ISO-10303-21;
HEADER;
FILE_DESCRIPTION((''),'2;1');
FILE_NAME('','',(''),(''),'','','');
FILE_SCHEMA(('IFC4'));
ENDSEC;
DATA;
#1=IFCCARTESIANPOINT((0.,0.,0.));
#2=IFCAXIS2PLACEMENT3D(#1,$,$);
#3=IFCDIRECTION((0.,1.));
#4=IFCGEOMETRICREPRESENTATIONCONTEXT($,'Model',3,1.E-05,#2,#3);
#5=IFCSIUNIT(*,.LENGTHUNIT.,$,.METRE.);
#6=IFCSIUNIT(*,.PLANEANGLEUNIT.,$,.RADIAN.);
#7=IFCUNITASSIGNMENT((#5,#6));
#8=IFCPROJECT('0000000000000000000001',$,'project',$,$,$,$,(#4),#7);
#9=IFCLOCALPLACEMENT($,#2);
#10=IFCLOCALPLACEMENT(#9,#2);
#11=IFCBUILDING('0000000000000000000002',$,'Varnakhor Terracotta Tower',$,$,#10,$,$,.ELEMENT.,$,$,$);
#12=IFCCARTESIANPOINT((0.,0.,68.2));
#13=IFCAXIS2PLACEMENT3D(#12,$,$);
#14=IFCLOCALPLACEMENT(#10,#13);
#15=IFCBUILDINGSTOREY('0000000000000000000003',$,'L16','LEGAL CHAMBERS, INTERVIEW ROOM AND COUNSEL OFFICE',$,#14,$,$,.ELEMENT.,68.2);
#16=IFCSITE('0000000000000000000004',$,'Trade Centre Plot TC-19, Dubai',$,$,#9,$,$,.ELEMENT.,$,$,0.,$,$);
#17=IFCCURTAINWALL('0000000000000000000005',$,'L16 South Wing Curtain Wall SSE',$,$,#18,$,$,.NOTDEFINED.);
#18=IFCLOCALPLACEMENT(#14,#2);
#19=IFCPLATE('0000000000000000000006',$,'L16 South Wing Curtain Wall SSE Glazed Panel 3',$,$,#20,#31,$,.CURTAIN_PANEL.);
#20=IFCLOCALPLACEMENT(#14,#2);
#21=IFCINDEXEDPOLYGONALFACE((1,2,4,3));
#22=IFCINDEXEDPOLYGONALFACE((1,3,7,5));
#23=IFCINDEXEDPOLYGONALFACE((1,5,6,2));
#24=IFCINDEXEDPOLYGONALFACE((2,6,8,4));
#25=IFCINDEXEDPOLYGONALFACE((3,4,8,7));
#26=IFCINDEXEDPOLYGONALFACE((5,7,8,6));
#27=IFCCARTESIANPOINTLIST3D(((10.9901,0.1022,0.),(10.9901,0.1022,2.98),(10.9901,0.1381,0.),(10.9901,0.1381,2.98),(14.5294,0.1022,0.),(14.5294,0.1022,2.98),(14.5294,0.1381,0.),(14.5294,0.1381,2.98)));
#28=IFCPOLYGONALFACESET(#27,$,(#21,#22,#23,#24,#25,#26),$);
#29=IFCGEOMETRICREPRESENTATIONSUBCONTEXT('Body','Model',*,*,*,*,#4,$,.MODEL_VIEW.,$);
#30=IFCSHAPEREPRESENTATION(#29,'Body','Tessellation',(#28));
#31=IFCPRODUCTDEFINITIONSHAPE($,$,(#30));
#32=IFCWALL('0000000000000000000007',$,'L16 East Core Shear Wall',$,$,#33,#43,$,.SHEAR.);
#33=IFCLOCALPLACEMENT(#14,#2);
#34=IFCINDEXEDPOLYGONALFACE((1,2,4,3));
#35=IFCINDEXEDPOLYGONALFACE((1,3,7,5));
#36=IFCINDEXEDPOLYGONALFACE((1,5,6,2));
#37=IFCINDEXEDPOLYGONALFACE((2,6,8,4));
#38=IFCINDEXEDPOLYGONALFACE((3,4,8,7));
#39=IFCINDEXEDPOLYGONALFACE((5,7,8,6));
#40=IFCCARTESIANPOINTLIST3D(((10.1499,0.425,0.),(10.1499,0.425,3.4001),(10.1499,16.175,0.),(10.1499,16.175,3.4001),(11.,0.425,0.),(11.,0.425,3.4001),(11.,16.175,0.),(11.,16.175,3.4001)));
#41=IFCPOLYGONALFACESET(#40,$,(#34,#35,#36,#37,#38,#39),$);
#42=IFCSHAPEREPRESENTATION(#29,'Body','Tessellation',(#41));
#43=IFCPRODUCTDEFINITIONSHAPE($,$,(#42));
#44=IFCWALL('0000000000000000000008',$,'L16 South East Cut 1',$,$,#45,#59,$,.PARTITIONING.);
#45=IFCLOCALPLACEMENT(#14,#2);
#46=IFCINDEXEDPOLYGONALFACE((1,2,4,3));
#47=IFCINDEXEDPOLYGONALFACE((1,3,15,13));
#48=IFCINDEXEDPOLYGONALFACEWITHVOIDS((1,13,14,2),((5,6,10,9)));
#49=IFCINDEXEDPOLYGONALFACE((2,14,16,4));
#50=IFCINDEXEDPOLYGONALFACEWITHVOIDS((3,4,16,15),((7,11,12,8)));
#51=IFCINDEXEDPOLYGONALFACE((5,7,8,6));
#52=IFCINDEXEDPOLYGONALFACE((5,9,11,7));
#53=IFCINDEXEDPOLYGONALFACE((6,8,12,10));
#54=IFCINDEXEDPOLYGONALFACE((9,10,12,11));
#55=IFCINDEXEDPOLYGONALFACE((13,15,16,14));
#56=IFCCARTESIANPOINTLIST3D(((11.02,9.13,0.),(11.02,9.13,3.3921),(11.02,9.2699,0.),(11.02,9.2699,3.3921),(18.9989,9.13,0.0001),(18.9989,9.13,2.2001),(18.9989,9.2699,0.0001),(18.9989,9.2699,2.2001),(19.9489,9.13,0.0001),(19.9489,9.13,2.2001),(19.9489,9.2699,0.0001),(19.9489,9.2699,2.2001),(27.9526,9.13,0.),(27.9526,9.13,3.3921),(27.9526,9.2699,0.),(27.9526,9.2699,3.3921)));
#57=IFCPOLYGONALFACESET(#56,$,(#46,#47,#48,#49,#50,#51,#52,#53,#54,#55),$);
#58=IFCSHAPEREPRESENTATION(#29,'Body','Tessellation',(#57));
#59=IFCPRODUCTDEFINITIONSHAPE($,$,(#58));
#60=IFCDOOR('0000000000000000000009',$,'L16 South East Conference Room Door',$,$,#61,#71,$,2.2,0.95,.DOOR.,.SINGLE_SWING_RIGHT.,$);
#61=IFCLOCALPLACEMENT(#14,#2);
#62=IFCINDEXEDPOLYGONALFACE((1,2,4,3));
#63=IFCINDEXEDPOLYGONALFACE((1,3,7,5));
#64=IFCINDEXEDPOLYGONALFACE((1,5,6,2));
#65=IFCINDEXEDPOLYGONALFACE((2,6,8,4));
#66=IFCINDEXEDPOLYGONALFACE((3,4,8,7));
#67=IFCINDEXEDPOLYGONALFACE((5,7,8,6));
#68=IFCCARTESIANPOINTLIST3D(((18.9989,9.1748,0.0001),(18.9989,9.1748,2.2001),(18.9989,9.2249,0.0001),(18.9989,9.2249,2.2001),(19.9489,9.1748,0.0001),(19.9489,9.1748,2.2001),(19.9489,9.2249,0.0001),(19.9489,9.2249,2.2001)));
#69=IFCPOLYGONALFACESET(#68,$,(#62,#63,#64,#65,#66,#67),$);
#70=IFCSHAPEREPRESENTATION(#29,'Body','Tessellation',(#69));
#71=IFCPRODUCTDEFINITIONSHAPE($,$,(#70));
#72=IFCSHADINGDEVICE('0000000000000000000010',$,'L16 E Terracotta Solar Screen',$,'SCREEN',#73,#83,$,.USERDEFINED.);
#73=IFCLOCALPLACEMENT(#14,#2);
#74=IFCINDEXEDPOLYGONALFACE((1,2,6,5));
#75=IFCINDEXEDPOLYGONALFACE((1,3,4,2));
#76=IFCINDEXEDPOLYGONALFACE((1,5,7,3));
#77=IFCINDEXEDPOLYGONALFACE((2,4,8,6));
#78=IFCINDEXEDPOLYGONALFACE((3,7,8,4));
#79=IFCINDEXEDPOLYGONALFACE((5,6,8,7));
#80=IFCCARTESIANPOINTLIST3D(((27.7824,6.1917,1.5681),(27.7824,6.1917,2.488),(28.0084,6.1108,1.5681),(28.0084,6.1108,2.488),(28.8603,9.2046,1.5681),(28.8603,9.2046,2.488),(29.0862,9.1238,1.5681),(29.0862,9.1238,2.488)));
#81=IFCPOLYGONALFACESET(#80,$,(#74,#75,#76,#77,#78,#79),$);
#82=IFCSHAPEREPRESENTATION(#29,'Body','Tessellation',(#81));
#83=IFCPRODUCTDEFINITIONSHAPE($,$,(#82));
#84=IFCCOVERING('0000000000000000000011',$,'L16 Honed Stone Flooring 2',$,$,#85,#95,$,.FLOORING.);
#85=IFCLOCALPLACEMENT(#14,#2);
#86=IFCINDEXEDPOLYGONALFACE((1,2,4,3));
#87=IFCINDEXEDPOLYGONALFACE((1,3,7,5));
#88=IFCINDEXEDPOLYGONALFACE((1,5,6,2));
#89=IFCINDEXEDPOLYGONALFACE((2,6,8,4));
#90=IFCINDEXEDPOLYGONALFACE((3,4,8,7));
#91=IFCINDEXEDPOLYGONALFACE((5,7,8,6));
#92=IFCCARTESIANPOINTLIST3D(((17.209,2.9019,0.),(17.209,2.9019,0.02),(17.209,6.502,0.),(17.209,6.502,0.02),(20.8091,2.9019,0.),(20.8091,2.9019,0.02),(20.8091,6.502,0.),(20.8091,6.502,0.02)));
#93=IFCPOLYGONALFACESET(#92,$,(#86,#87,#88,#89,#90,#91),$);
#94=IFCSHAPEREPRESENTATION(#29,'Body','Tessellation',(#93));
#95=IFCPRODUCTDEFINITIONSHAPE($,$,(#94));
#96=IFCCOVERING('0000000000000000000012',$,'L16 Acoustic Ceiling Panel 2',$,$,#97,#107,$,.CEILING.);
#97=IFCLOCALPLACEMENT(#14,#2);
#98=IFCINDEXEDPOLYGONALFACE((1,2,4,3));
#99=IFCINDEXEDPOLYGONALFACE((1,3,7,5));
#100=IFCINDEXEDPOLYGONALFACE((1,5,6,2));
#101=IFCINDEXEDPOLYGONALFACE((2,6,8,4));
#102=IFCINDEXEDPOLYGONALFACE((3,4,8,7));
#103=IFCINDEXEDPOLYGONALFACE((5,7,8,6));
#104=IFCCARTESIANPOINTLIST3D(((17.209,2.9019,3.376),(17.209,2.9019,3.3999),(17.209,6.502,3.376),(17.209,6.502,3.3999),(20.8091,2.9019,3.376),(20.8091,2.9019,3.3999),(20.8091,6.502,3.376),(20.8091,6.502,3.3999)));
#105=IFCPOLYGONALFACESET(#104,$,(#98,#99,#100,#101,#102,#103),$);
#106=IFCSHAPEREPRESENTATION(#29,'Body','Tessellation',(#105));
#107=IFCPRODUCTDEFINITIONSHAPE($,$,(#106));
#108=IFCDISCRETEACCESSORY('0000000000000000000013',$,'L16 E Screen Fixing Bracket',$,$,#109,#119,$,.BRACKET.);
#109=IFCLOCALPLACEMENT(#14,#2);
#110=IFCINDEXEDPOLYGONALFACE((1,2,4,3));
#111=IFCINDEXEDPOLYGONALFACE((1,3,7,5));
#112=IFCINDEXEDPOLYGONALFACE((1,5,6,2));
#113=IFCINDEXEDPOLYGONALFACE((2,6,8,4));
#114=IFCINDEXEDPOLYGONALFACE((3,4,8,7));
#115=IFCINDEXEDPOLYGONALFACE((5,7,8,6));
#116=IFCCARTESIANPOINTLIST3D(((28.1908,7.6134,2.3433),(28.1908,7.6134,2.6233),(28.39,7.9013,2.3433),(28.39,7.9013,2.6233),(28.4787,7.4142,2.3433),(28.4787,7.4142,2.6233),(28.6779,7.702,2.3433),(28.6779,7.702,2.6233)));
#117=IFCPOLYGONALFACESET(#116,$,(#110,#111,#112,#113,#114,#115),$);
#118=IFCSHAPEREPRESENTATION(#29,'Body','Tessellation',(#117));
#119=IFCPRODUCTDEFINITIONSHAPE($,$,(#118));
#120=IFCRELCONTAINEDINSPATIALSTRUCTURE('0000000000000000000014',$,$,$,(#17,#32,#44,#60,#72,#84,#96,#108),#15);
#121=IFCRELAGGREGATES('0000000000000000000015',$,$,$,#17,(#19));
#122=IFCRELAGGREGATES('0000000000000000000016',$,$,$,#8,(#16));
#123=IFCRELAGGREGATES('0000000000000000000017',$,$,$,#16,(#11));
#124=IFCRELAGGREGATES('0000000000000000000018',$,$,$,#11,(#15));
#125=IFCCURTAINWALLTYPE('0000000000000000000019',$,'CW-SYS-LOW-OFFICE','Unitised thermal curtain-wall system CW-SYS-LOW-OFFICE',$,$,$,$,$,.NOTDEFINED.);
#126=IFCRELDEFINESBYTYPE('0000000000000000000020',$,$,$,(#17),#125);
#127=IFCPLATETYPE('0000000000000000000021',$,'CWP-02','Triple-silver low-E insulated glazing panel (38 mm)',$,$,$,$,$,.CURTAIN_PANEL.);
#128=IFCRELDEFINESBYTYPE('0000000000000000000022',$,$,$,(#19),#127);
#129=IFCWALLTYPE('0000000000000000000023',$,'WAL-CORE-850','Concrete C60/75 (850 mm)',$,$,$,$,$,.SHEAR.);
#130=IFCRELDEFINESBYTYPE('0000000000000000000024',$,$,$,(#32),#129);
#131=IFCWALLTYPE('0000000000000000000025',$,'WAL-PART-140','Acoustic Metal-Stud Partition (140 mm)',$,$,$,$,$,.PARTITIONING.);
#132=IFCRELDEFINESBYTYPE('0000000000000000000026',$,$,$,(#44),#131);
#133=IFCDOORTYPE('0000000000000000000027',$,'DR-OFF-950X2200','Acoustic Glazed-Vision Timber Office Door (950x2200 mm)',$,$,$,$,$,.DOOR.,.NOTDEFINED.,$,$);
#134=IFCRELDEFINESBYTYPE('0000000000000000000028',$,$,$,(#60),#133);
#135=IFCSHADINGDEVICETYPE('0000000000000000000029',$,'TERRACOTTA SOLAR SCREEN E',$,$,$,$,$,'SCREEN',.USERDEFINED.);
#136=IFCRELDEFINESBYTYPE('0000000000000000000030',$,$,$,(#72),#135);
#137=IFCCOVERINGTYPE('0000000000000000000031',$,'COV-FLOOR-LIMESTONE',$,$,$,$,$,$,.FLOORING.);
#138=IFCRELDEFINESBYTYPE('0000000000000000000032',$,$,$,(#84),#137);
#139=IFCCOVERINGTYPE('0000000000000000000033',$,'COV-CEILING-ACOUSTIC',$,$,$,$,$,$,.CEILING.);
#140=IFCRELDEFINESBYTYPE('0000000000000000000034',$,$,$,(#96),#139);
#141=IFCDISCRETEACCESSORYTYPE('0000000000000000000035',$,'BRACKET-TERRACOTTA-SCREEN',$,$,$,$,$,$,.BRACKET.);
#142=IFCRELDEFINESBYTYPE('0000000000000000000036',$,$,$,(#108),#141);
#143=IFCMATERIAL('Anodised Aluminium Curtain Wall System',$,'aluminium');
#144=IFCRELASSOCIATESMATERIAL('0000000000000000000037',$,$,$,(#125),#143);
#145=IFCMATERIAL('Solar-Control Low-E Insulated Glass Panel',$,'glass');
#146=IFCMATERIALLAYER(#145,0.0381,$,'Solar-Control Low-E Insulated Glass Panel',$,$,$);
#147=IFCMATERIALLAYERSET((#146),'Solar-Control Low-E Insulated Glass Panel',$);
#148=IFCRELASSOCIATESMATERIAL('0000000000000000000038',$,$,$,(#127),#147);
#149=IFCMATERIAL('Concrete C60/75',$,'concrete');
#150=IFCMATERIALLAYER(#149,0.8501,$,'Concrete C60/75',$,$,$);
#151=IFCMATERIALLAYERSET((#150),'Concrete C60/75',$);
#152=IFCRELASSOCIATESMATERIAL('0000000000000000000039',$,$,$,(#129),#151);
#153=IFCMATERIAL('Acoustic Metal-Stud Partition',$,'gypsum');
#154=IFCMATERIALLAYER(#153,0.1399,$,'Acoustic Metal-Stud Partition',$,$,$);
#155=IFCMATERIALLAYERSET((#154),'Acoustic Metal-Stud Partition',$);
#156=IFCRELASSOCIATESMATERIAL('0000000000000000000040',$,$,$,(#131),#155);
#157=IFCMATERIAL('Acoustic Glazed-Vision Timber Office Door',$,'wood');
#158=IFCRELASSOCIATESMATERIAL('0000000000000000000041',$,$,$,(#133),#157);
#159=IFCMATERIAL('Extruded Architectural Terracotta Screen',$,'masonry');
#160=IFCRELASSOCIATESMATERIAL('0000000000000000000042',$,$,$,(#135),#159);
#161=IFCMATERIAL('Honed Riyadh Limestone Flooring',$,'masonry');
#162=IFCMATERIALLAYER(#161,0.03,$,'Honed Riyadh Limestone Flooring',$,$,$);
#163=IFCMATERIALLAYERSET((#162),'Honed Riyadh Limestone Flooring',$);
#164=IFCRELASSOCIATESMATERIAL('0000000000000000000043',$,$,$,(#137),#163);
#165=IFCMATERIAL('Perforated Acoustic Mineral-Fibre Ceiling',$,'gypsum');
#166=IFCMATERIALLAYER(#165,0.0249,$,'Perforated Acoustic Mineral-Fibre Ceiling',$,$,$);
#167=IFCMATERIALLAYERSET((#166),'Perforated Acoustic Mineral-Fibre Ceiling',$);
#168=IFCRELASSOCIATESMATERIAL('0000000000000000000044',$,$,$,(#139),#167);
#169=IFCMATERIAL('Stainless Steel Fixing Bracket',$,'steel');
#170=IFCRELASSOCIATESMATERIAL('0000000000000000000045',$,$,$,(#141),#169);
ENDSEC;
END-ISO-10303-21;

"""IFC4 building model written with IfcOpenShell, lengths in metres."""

from ifc_helpers import new_model, si_unit, direction, frame, frame_2d, origin, origin_2d, place, context, subcontext, project, spatial, rectangle, extrude, source, transform, mapped, material, layer, layer_set, type_object, type_shapes, element, fill, aggregate, save


model = new_model("IFC4")

# Units and contexts
model_context = context("Model", 3, precision=1e-05, world=origin(), true_north=direction((0.0, 1.0)))
body_context = subcontext(model_context, "Body", "Model", "MODEL_VIEW")
ifc_project = project(units=[si_unit("LENGTHUNIT", "METRE"), si_unit("PLANEANGLEUNIT", "RADIAN")], contexts=[model_context])

# Site, building, storey
site_placement = place(None, origin())
site = spatial("IfcSite", under=ifc_project, at=site_placement, Name="Trade Centre Plot TC-19, Dubai", CompositionType="ELEMENT", RefElevation=0.0)
building_placement = place(site_placement, origin())
building = spatial("IfcBuilding", under=site, at=building_placement, Name="Varnakhor Terracotta Tower", CompositionType="ELEMENT")
storey_placement = place(building_placement, frame((0.0, 0.0, 68.2)))
storey = spatial("IfcBuildingStorey", under=building, at=storey_placement, Name="L16", Description="LEGAL CHAMBERS, INTERVIEW ROOM AND COUNSEL OFFICE", CompositionType="ELEMENT", Elevation=68.2)

# Curtain wall
ifc_material_1 = material(Name="Anodised Aluminium Curtain Wall System", Category="aluminium")
curtain_wall_type = type_object("IfcCurtainWallType", Name="CW-SYS-LOW-OFFICE", Description="Unitised thermal curtain-wall system CW-SYS-LOW-OFFICE", PredefinedType="NOTDEFINED", material=ifc_material_1)
curtain_wall_1_placement = place(storey_placement, origin())
curtain_wall_1 = element("IfcCurtainWall", 1, at=curtain_wall_1_placement, inside=storey, type_object=curtain_wall_type, Name="L16 South Wing Curtain Wall SSE", PredefinedType="NOTDEFINED")

# Plate
ifc_material_2 = material(Name="Solar-Control Low-E Insulated Glass Panel", Category="glass")
ifc_layer_1 = layer(ifc_material_2, 0.0381, Name="Solar-Control Low-E Insulated Glass Panel")
ifc_layer_set_1 = layer_set([ifc_layer_1], Name="Solar-Control Low-E Insulated Glass Panel")
plate_type_1 = type_object("IfcPlateType", Name="CWP-02", Description="Triple-silver low-E insulated glazing panel (38 mm)", PredefinedType="CURTAIN_PANEL", material=ifc_layer_set_1)
shared_shape_1 = source(origin(), body_context, "Body", "SweptSolid", [
    extrude(rectangle(XDim=3.5393, YDim=0.0359, at=origin_2d()), origin(), (0.0, 0.0, 1.0), 2.98),
])
plate_1_placement = place(storey_placement, frame((12.7598, 0.1201, 0.0), z_axis=(0.0, 0.0, 1.0), x_axis=(-1.0, 0.0, 0.0)))
plate_1 = element("IfcPlate", 2, at=plate_1_placement, type_object=plate_type_1, Name="L16 South Wing Curtain Wall SSE Glazed Panel 3", PredefinedType="CURTAIN_PANEL", context=body_context, shape_type="MappedRepresentation", body=[
    mapped(shared_shape_1, transform((0.0, 0.0, 0.0), scale=1.0)),
])
aggregate(curtain_wall_1, [plate_1])

# Wall
ifc_material_3 = material(Name="Concrete C60/75", Category="concrete")
ifc_layer_2 = layer(ifc_material_3, 0.8501, Name="Concrete C60/75")
ifc_layer_set_2 = layer_set([ifc_layer_2], Name="Concrete C60/75")
wall_type_1 = type_object("IfcWallType", Name="WAL-CORE-850", Description="Concrete C60/75 (850 mm)", PredefinedType="SHEAR", material=ifc_layer_set_2)
wall_1_placement = place(storey_placement, frame((10.575, 0.425, 0.0), z_axis=(0.0, 0.0, 1.0), x_axis=(0.0, 1.0, 0.0)))
element("IfcWall", 3, at=wall_1_placement, inside=storey, type_object=wall_type_1, Name="L16 East Core Shear Wall", PredefinedType="SHEAR", context=body_context, shape_type="SweptSolid", body=[
    extrude(rectangle(XDim=15.75, YDim=0.8501, at=frame_2d((7.875, 0.0))), origin(), (0.0, 0.0, 1.0), 3.4001),
])

# Wall, opening, door
ifc_material_4 = material(Name="Acoustic Metal-Stud Partition", Category="gypsum")
ifc_layer_3 = layer(ifc_material_4, 0.1399, Name="Acoustic Metal-Stud Partition")
ifc_layer_set_3 = layer_set([ifc_layer_3], Name="Acoustic Metal-Stud Partition")
wall_type_2 = type_object("IfcWallType", Name="WAL-PART-140", Description="Acoustic Metal-Stud Partition (140 mm)", PredefinedType="PARTITIONING", material=ifc_layer_set_3)
wall_2_placement = place(storey_placement, frame((11.02, 9.2, 0.0), z_axis=(0.0, 0.0, 1.0), x_axis=(1.0, 0.0, 0.0)))
wall_2 = element("IfcWall", 4, at=wall_2_placement, inside=storey, type_object=wall_type_2, Name="L16 South East Cut 1", PredefinedType="PARTITIONING", context=body_context, shape_type="SweptSolid", body=[
    extrude(rectangle(XDim=16.9326, YDim=0.1399, at=frame_2d((8.4663, 0.0))), origin(), (0.0, 0.0, 1.0), 3.3921),
])
opening_placement = place(wall_2_placement, frame((7.9788, 0.0, 0.0)))
opening = element("IfcOpeningElement", 5, at=opening_placement, cuts=wall_2, PredefinedType="OPENING", context=body_context, shape_type="SweptSolid", body=[
    extrude(rectangle(XDim=0.95, YDim=2.2, at=frame_2d((0.4751, 1.1001))), frame((0.0, 0.0801, 0.0), z_axis=(0.0, -1.0, 0.0), x_axis=(1.0, 0.0, 0.0)), (0.0, 0.0, 1.0), 0.1599),
])
ifc_material_5 = material(Name="Acoustic Glazed-Vision Timber Office Door", Category="wood")
door_type = type_object("IfcDoorType", Name="DR-OFF-950X2200", Description="Acoustic Glazed-Vision Timber Office Door (950x2200 mm)", OperationType="NOTDEFINED", PredefinedType="DOOR", material=ifc_material_5)
shared_shape_2 = source(origin(), body_context, "Body", "SweptSolid", [
    extrude(rectangle(XDim=0.95, YDim=2.2, at=frame_2d((0.4751, 1.1001))), frame((0.0, 0.0249, 0.0), z_axis=(0.0, -1.0, 0.0), x_axis=(1.0, 0.0, 0.0)), (0.0, 0.0, 1.0), 0.05),
])
type_shapes(door_type, [shared_shape_2])
door_placement = place(opening_placement, origin())
door = element("IfcDoor", 6, at=door_placement, inside=storey, type_object=door_type, Name="L16 South East Conference Room Door", OperationType="SINGLE_SWING_RIGHT", OverallHeight=2.2, OverallWidth=0.95, PredefinedType="DOOR", context=body_context, shape_type="MappedRepresentation", body=[
    mapped(shared_shape_2, transform((0.0, 0.0, 0.0), scale=1.0)),
])
fill(opening, door)

# Shading device
ifc_material_6 = material(Name="Extruded Architectural Terracotta Screen", Category="masonry")
shading_device_type = type_object("IfcShadingDeviceType", Name="TERRACOTTA SOLAR SCREEN E", ElementType="SCREEN", PredefinedType="USERDEFINED", material=ifc_material_6)
shared_shape_3 = source(origin(), body_context, "Body", "SweptSolid", [
    extrude(rectangle(XDim=3.2, YDim=0.24, at=origin_2d()), origin(), (0.0, 0.0, 1.0), 0.9199),
])
type_shapes(shading_device_type, [shared_shape_3])
shading_device_placement = place(storey_placement, frame((28.4343, 7.6577, 1.5681), z_axis=(0.0, 0.0, 1.0), x_axis=(0.336832, 0.941565, 0.0)))
element("IfcShadingDevice", 7, at=shading_device_placement, inside=storey, type_object=shading_device_type, Name="L16 E Terracotta Solar Screen", ObjectType="SCREEN", PredefinedType="USERDEFINED", context=body_context, shape_type="MappedRepresentation", body=[
    mapped(shared_shape_3, transform((0.0, 0.0, 0.0), scale=1.0)),
])

# Coverings
ifc_material_7 = material(Name="Honed Riyadh Limestone Flooring", Category="masonry")
ifc_layer_4 = layer(ifc_material_7, 0.03, Name="Honed Riyadh Limestone Flooring")
ifc_layer_set_4 = layer_set([ifc_layer_4], Name="Honed Riyadh Limestone Flooring")
covering_type_1 = type_object("IfcCoveringType", Name="COV-FLOOR-LIMESTONE", PredefinedType="FLOORING", material=ifc_layer_set_4)
shared_shape_4 = source(origin(), body_context, "Body", "SweptSolid", [
    extrude(rectangle(XDim=3.6001, YDim=3.6001, at=origin_2d()), origin(), (0.0, 0.0, 1.0), 0.02),
])
covering_1_placement = place(storey_placement, frame((19.009, 4.7019, 0.0), z_axis=(0.0, 0.0, 1.0), x_axis=(1.0, 0.0, 0.0)))
element("IfcCovering", 8, at=covering_1_placement, inside=storey, type_object=covering_type_1, Name="L16 Honed Stone Flooring 2", PredefinedType="FLOORING", context=body_context, shape_type="MappedRepresentation", body=[
    mapped(shared_shape_4, transform((0.0, 0.0, 0.0), scale=1.0)),
])
ifc_material_8 = material(Name="Perforated Acoustic Mineral-Fibre Ceiling", Category="gypsum")
ifc_layer_5 = layer(ifc_material_8, 0.0249, Name="Perforated Acoustic Mineral-Fibre Ceiling")
ifc_layer_set_5 = layer_set([ifc_layer_5], Name="Perforated Acoustic Mineral-Fibre Ceiling")
covering_type_2 = type_object("IfcCoveringType", Name="COV-CEILING-ACOUSTIC", PredefinedType="CEILING", material=ifc_layer_set_5)
shared_shape_5 = source(origin(), body_context, "Body", "SweptSolid", [
    extrude(rectangle(XDim=3.6001, YDim=3.6001, at=origin_2d()), origin(), (0.0, 0.0, 1.0), 0.0239),
])
covering_2_placement = place(storey_placement, frame((19.009, 4.7019, 3.376), z_axis=(0.0, 0.0, 1.0), x_axis=(1.0, 0.0, 0.0)))
element("IfcCovering", 9, at=covering_2_placement, inside=storey, type_object=covering_type_2, Name="L16 Acoustic Ceiling Panel 2", PredefinedType="CEILING", context=body_context, shape_type="MappedRepresentation", body=[
    mapped(shared_shape_5, transform((0.0, 0.0, 0.0), scale=1.0)),
])

# Discrete accessory
ifc_material_9 = material(Name="Stainless Steel Fixing Bracket", Category="steel")
discrete_accessory_type = type_object("IfcDiscreteAccessoryType", Name="BRACKET-TERRACOTTA-SCREEN", PredefinedType="BRACKET", material=ifc_material_9)
shared_shape_6 = source(origin(), body_context, "Body", "SweptSolid", [
    extrude(rectangle(XDim=0.3501, YDim=0.3501, at=origin_2d()), origin(), (0.0, 0.0, 1.0), 0.28),
])
type_shapes(discrete_accessory_type, [shared_shape_6])
discrete_accessory_placement = place(storey_placement, frame((28.4343, 7.6577, 2.3433), z_axis=(0.0, 0.0, 1.0), x_axis=(0.56905, 0.822303, 0.0)))
element("IfcDiscreteAccessory", 10, at=discrete_accessory_placement, inside=storey, type_object=discrete_accessory_type, Name="L16 E Screen Fixing Bracket", PredefinedType="BRACKET", context=body_context, shape_type="MappedRepresentation", body=[
    mapped(shared_shape_6, transform((0.0, 0.0, 0.0), scale=1.0)),
])

save(model, "model.ifc")
